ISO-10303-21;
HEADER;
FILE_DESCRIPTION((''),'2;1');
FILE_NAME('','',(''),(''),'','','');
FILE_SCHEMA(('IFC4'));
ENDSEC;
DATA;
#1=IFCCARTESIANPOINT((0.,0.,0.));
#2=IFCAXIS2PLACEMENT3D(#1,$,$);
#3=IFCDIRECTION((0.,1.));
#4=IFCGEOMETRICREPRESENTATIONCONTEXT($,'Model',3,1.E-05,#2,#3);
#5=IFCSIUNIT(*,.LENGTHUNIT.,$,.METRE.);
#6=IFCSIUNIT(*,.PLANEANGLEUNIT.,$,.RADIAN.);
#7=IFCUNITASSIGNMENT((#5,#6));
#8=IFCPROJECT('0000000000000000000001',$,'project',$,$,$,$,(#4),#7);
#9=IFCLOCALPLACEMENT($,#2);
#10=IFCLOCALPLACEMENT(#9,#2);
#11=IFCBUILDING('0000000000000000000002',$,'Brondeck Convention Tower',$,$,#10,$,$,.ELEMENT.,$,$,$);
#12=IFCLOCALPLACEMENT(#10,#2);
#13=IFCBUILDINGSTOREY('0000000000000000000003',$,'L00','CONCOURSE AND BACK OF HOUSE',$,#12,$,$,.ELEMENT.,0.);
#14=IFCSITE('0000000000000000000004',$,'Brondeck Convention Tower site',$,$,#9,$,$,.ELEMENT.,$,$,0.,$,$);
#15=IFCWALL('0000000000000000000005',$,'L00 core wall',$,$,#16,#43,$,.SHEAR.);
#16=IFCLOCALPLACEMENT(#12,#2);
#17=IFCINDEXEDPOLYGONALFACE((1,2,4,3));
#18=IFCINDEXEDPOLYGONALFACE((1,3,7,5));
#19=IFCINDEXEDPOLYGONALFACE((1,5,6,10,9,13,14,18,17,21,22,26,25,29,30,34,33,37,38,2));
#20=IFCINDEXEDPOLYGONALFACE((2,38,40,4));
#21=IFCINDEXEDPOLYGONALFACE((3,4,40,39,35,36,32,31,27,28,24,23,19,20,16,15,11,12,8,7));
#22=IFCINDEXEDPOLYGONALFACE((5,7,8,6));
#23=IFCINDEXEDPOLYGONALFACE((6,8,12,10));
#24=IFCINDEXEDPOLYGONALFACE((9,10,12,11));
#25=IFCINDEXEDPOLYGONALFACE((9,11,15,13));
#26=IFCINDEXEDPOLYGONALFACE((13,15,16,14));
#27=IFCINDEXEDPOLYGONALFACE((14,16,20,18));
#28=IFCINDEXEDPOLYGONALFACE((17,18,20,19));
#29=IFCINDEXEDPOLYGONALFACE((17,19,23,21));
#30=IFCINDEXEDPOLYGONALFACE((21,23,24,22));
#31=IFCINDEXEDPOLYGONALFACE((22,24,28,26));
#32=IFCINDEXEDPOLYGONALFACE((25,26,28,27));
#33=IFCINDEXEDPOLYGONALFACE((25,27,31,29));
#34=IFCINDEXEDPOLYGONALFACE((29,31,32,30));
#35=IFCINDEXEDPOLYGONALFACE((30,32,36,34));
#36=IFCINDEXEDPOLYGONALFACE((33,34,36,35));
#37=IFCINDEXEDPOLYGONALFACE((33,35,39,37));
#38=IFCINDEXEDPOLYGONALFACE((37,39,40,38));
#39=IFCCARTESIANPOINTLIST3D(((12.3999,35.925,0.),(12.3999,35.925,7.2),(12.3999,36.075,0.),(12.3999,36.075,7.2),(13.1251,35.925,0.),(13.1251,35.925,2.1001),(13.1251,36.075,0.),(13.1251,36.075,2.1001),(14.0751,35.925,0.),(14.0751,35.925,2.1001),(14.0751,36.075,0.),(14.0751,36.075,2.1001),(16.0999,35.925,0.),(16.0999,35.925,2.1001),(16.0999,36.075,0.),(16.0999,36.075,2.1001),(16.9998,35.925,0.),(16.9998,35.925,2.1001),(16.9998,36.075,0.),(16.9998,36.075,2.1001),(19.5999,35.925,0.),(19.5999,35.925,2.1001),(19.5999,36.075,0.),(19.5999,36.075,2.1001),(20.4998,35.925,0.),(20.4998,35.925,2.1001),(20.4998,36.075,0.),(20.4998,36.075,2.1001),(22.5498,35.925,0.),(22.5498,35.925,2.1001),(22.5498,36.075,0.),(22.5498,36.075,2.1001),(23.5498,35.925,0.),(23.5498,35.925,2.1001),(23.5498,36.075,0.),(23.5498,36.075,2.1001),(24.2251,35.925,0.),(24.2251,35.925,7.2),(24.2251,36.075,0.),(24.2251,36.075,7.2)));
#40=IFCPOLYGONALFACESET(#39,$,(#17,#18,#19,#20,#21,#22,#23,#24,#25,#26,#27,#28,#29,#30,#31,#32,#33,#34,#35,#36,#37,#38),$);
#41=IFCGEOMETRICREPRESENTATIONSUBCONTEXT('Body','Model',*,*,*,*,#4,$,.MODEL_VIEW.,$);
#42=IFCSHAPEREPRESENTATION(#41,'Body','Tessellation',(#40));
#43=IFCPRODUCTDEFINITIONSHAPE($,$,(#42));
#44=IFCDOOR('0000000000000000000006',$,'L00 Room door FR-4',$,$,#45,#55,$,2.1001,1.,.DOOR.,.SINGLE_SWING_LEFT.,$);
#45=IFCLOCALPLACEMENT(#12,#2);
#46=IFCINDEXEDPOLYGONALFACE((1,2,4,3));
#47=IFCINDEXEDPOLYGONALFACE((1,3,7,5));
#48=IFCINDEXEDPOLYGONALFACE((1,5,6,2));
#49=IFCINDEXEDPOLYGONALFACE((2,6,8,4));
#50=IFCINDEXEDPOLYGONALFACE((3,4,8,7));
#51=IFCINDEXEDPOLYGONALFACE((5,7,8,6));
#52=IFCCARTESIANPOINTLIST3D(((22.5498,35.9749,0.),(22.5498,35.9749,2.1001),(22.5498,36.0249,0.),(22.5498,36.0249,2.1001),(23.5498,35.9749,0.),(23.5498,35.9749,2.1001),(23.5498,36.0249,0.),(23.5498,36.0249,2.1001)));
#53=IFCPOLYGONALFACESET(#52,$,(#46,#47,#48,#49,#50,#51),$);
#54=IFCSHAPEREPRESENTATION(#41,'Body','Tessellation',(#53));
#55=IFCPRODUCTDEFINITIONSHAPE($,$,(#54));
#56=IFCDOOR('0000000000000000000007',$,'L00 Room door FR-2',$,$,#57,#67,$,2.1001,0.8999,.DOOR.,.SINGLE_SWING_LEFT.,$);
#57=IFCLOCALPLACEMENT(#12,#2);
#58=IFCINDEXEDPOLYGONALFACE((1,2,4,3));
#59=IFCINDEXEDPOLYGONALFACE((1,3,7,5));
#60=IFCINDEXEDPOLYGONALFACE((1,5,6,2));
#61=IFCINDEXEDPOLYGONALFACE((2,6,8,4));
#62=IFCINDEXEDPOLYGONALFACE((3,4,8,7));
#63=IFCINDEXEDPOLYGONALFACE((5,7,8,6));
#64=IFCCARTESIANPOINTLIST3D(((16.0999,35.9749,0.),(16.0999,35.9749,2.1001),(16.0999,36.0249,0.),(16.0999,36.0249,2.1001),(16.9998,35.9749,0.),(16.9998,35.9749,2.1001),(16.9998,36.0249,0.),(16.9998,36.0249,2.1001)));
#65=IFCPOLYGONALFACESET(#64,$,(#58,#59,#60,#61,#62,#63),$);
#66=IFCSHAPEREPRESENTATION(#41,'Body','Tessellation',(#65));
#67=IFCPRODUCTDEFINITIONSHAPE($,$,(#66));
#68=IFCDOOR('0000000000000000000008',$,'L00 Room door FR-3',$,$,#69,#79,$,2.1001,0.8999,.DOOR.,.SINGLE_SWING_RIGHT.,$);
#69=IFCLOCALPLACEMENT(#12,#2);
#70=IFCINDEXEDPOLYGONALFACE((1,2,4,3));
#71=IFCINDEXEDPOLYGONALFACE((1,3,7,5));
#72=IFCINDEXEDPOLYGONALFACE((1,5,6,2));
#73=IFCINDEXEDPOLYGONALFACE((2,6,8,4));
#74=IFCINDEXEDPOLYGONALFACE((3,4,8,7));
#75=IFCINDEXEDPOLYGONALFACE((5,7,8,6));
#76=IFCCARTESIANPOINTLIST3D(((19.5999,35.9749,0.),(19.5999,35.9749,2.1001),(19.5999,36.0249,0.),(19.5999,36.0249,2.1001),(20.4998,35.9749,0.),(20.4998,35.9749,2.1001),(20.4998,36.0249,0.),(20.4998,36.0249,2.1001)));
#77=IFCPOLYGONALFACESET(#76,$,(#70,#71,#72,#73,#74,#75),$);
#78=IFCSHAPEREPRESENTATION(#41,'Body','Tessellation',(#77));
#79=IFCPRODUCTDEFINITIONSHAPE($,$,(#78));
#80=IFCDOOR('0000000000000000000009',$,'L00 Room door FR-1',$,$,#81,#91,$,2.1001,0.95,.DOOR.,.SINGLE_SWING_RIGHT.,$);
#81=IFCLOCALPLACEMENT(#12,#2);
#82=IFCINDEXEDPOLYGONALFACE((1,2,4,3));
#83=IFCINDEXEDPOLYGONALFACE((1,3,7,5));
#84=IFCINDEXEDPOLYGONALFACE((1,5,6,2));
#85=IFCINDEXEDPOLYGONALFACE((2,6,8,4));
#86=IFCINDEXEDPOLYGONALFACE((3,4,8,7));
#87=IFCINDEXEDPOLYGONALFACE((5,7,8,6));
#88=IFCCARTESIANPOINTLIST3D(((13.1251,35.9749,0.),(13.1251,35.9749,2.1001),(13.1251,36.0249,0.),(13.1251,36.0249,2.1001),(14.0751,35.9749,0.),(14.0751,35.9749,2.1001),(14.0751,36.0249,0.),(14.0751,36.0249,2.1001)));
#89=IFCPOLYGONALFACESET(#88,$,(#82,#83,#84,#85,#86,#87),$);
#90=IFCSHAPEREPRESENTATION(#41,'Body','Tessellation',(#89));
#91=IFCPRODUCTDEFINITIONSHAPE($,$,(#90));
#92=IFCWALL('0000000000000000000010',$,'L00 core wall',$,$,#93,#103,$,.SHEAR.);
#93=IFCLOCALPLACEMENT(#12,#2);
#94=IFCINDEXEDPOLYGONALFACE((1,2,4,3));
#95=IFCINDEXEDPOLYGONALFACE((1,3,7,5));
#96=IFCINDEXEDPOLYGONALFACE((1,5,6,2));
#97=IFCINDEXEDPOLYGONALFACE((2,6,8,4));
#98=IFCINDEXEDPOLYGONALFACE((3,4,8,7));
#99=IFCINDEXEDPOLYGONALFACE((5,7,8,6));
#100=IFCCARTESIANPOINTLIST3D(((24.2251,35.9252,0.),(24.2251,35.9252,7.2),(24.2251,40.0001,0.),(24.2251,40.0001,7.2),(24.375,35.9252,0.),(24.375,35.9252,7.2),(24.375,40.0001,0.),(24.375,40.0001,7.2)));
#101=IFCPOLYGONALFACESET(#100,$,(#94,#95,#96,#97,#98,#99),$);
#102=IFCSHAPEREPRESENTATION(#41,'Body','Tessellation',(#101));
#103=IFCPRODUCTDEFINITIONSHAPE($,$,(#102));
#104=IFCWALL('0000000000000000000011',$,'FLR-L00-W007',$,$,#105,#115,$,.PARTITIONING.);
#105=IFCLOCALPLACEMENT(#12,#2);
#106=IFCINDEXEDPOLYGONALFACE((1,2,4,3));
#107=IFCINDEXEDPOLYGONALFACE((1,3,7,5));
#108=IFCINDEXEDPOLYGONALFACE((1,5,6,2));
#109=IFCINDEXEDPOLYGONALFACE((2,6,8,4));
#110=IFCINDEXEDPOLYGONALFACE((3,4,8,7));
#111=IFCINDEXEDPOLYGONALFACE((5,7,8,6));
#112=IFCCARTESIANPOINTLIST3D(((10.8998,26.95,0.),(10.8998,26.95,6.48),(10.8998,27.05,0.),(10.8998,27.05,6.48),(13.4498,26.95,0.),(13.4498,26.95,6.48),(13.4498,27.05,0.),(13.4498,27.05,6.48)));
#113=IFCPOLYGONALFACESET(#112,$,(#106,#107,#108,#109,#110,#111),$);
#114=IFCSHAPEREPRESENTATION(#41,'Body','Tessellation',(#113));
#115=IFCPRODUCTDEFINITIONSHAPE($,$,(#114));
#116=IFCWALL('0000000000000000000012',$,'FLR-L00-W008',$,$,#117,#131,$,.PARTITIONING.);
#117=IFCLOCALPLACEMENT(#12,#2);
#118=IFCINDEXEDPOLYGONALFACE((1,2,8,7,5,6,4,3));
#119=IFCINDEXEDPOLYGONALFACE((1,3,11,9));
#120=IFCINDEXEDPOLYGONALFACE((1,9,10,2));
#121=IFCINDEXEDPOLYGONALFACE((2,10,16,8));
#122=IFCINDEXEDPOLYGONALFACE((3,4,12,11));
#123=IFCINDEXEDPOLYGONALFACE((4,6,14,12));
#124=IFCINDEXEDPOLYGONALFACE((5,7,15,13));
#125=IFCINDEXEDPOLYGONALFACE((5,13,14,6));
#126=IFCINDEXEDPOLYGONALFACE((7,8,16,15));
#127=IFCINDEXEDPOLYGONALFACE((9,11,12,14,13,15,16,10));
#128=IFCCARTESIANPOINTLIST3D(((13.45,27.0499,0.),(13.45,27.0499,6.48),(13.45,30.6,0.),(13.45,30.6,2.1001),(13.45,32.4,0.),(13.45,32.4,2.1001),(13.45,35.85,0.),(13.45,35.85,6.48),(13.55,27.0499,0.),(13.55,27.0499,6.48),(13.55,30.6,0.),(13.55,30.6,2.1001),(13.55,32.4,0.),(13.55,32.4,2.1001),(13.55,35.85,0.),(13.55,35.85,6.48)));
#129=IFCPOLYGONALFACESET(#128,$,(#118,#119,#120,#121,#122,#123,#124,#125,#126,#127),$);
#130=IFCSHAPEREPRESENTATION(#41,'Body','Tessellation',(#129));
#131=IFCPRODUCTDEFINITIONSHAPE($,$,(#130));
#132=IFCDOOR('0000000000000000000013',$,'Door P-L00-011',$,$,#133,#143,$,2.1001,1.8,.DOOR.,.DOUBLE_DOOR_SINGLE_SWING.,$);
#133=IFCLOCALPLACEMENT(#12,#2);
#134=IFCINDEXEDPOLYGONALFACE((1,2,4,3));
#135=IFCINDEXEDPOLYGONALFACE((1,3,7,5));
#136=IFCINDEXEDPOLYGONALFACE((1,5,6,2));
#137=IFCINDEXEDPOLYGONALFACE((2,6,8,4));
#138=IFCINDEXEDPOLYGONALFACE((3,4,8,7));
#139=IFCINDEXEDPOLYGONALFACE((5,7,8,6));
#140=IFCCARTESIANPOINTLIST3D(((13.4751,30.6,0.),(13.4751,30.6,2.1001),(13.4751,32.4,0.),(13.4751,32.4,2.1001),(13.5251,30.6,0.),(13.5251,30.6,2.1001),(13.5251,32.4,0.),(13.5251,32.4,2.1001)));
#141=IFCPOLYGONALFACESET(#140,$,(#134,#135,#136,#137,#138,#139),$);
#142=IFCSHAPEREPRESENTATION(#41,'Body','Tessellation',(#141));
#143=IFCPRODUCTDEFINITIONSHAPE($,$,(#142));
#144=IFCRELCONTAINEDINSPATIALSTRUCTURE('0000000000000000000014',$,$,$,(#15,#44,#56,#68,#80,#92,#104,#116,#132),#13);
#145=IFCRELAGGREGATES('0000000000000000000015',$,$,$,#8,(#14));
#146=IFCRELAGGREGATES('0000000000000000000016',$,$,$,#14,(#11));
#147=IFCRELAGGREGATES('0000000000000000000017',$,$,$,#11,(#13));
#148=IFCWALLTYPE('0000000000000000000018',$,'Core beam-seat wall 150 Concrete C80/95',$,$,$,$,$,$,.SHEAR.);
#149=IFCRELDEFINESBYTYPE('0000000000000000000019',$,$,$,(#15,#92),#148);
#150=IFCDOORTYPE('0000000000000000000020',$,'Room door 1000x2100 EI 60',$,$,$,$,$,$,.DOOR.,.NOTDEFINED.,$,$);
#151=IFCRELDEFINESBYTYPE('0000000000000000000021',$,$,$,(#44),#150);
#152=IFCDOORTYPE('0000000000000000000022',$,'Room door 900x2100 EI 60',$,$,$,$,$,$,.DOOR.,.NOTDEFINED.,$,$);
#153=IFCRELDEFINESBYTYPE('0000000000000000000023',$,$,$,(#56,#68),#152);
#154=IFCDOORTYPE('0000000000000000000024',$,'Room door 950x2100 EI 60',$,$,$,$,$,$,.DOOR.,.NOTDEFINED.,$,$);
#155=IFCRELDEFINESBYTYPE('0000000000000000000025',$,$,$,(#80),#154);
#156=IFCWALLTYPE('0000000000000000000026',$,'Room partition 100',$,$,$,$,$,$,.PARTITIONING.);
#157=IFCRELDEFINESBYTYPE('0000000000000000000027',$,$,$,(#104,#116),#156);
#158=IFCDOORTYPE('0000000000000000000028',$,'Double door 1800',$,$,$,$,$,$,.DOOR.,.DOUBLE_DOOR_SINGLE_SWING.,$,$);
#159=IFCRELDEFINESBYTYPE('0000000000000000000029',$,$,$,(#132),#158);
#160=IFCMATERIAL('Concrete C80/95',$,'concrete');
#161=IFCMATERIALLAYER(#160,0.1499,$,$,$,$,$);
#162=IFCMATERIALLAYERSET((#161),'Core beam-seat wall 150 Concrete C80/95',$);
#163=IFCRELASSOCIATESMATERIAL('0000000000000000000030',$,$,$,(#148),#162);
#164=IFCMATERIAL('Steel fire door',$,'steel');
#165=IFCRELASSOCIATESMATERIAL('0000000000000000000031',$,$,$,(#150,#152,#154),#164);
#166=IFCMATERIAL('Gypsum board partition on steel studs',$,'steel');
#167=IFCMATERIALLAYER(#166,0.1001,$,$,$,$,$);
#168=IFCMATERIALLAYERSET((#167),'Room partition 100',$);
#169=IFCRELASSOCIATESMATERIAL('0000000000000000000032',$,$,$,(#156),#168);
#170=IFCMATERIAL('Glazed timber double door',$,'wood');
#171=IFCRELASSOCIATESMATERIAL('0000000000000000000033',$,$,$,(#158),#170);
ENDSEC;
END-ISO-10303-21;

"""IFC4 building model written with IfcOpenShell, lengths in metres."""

from ifc_helpers import new_model, si_unit, direction, frame, frame_2d, origin, place, context, subcontext, project, spatial, rectangle, extrude, material, layer, layer_set, type_object, element, fill, save


model = new_model("IFC4")

# Units and contexts
model_context = context("Model", 3, precision=1e-05, world=origin(), true_north=direction((0.0, 1.0)))
body_context = subcontext(model_context, "Body", "Model", "MODEL_VIEW")
ifc_project = project(units=[si_unit("LENGTHUNIT", "METRE"), si_unit("PLANEANGLEUNIT", "RADIAN")], contexts=[model_context])

# Site, building, storey
site_placement = place(None, origin())
site = spatial("IfcSite", under=ifc_project, at=site_placement, Name="Brondeck Convention Tower site", CompositionType="ELEMENT", RefElevation=0.0)
building_placement = place(site_placement, origin())
building = spatial("IfcBuilding", under=site, at=building_placement, Name="Brondeck Convention Tower", CompositionType="ELEMENT")
storey_placement = place(building_placement, origin())
storey = spatial("IfcBuildingStorey", under=building, at=storey_placement, Name="L00", Description="CONCOURSE AND BACK OF HOUSE", CompositionType="ELEMENT", Elevation=0.0)

# Wall, openings, doors
ifc_material_1 = material(Name="Concrete C80/95", Category="concrete")
ifc_layer_1 = layer(ifc_material_1, 0.1499)
ifc_layer_set_1 = layer_set([ifc_layer_1], Name="Core beam-seat wall 150 Concrete C80/95")
wall_type_1 = type_object("IfcWallType", Name="Core beam-seat wall 150 Concrete C80/95", PredefinedType="SHEAR", material=ifc_layer_set_1)
wall_1_placement = place(storey_placement, frame((12.3999, 36.0, 0.0), z_axis=(0.0, 0.0, 1.0), x_axis=(1.0, 0.0, 0.0)))
wall_1 = element("IfcWall", 1, at=wall_1_placement, inside=storey, type_object=wall_type_1, Name="L00 core wall", PredefinedType="SHEAR", context=body_context, shape_type="SweptSolid", body=[
    extrude(rectangle(XDim=11.8252, YDim=0.1499, at=frame_2d((5.9126, 0.0))), origin(), (0.0, 0.0, 1.0), 7.2),
])
opening_1_placement = place(wall_1_placement, frame((0.7251, 0.0, 0.0)))
opening_1 = element("IfcOpeningElement", 2, at=opening_1_placement, cuts=wall_1, PredefinedType="OPENING", context=body_context, shape_type="SweptSolid", body=[
    extrude(rectangle(XDim=0.95, YDim=2.1001, at=frame_2d((0.4751, 1.05))), frame((0.0, 0.085, 0.0), z_axis=(0.0, -1.0, 0.0), x_axis=(1.0, 0.0, 0.0)), (0.0, 0.0, 1.0), 0.1699),
])
opening_2_placement = place(wall_1_placement, frame((3.7, 0.0, 0.0)))
opening_2 = element("IfcOpeningElement", 3, at=opening_2_placement, cuts=wall_1, PredefinedType="OPENING", context=body_context, shape_type="SweptSolid", body=[
    extrude(rectangle(XDim=0.8999, YDim=2.1001, at=frame_2d((0.45, 1.05))), frame((0.0, 0.085, 0.0), z_axis=(0.0, -1.0, 0.0), x_axis=(1.0, 0.0, 0.0)), (0.0, 0.0, 1.0), 0.1699),
])
opening_3_placement = place(wall_1_placement, frame((7.2, 0.0, 0.0)))
opening_3 = element("IfcOpeningElement", 4, at=opening_3_placement, cuts=wall_1, PredefinedType="OPENING", context=body_context, shape_type="SweptSolid", body=[
    extrude(rectangle(XDim=0.8999, YDim=2.1001, at=frame_2d((0.45, 1.05))), frame((0.0, 0.085, 0.0), z_axis=(0.0, -1.0, 0.0), x_axis=(1.0, 0.0, 0.0)), (0.0, 0.0, 1.0), 0.1699),
])
opening_4_placement = place(wall_1_placement, frame((10.1499, 0.0, 0.0)))
opening_4 = element("IfcOpeningElement", 5, at=opening_4_placement, cuts=wall_1, PredefinedType="OPENING", context=body_context, shape_type="SweptSolid", body=[
    extrude(rectangle(XDim=1.0, YDim=2.1001, at=frame_2d((0.5, 1.05))), frame((0.0, 0.085, 0.0), z_axis=(0.0, -1.0, 0.0), x_axis=(1.0, 0.0, 0.0)), (0.0, 0.0, 1.0), 0.1699),
])
ifc_material_2 = material(Name="Steel fire door", Category="steel")
door_type_1 = type_object("IfcDoorType", Name="Room door 1000x2100 EI 60", OperationType="NOTDEFINED", PredefinedType="DOOR", material=ifc_material_2)
door_1_placement = place(opening_4_placement, origin())
door_1 = element("IfcDoor", 6, at=door_1_placement, inside=storey, type_object=door_type_1, Name="L00 Room door FR-4", OperationType="SINGLE_SWING_LEFT", OverallHeight=2.1001, OverallWidth=1.0, PredefinedType="DOOR", context=body_context, shape_type="SweptSolid", body=[
    extrude(rectangle(XDim=1.0, YDim=2.1001, at=frame_2d((0.5, 1.05))), frame((0.0, 0.0249, 0.0), z_axis=(0.0, -1.0, 0.0), x_axis=(1.0, 0.0, 0.0)), (0.0, 0.0, 1.0), 0.05),
])
fill(opening_4, door_1)
door_type_2 = type_object("IfcDoorType", Name="Room door 900x2100 EI 60", OperationType="NOTDEFINED", PredefinedType="DOOR", material=ifc_material_2)
door_2_placement = place(opening_2_placement, origin())
door_2 = element("IfcDoor", 7, at=door_2_placement, inside=storey, type_object=door_type_2, Name="L00 Room door FR-2", OperationType="SINGLE_SWING_LEFT", OverallHeight=2.1001, OverallWidth=0.8999, PredefinedType="DOOR", context=body_context, shape_type="SweptSolid", body=[
    extrude(rectangle(XDim=0.8999, YDim=2.1001, at=frame_2d((0.45, 1.05))), frame((0.0, 0.0249, 0.0), z_axis=(0.0, -1.0, 0.0), x_axis=(1.0, 0.0, 0.0)), (0.0, 0.0, 1.0), 0.05),
])
fill(opening_2, door_2)
door_3_placement = place(opening_3_placement, origin())
door_3 = element("IfcDoor", 8, at=door_3_placement, inside=storey, type_object=door_type_2, Name="L00 Room door FR-3", OperationType="SINGLE_SWING_RIGHT", OverallHeight=2.1001, OverallWidth=0.8999, PredefinedType="DOOR", context=body_context, shape_type="SweptSolid", body=[
    extrude(rectangle(XDim=0.8999, YDim=2.1001, at=frame_2d((0.45, 1.05))), frame((0.0, 0.0249, 0.0), z_axis=(0.0, -1.0, 0.0), x_axis=(1.0, 0.0, 0.0)), (0.0, 0.0, 1.0), 0.05),
])
fill(opening_3, door_3)
door_type_3 = type_object("IfcDoorType", Name="Room door 950x2100 EI 60", OperationType="NOTDEFINED", PredefinedType="DOOR", material=ifc_material_2)
door_4_placement = place(opening_1_placement, origin())
door_4 = element("IfcDoor", 9, at=door_4_placement, inside=storey, type_object=door_type_3, Name="L00 Room door FR-1", OperationType="SINGLE_SWING_RIGHT", OverallHeight=2.1001, OverallWidth=0.95, PredefinedType="DOOR", context=body_context, shape_type="SweptSolid", body=[
    extrude(rectangle(XDim=0.95, YDim=2.1001, at=frame_2d((0.4751, 1.05))), frame((0.0, 0.0249, 0.0), z_axis=(0.0, -1.0, 0.0), x_axis=(1.0, 0.0, 0.0)), (0.0, 0.0, 1.0), 0.05),
])
fill(opening_1, door_4)

# Walls
wall_2_placement = place(storey_placement, frame((24.3, 35.925, 0.0), z_axis=(0.0, 0.0, 1.0), x_axis=(0.0, 1.0, 0.0)))
element("IfcWall", 10, at=wall_2_placement, inside=storey, type_object=wall_type_1, Name="L00 core wall", PredefinedType="SHEAR", context=body_context, shape_type="SweptSolid", body=[
    extrude(rectangle(XDim=4.075, YDim=0.1499, at=frame_2d((2.0376, 0.0))), origin(), (0.0, 0.0, 1.0), 7.2),
])
ifc_material_3 = material(Name="Gypsum board partition on steel studs", Category="steel")
ifc_layer_2 = layer(ifc_material_3, 0.1001)
ifc_layer_set_2 = layer_set([ifc_layer_2], Name="Room partition 100")
wall_type_2 = type_object("IfcWallType", Name="Room partition 100", PredefinedType="PARTITIONING", material=ifc_layer_set_2)
wall_3_placement = place(storey_placement, frame((10.8999, 27.0, 0.0), z_axis=(0.0, 0.0, 1.0), x_axis=(1.0, 0.0, 0.0)))
element("IfcWall", 11, at=wall_3_placement, inside=storey, type_object=wall_type_2, Name="FLR-L00-W007", PredefinedType="PARTITIONING", context=body_context, shape_type="SweptSolid", body=[
    extrude(rectangle(XDim=2.55, YDim=0.1001, at=frame_2d((1.2749, 0.0))), origin(), (0.0, 0.0, 1.0), 6.48),
])

# Wall, opening, door
wall_4_placement = place(storey_placement, frame((13.5, 27.05, 0.0), z_axis=(0.0, 0.0, 1.0), x_axis=(0.0, 1.0, 0.0)))
wall_4 = element("IfcWall", 12, at=wall_4_placement, inside=storey, type_object=wall_type_2, Name="FLR-L00-W008", PredefinedType="PARTITIONING", context=body_context, shape_type="SweptSolid", body=[
    extrude(rectangle(XDim=8.8, YDim=0.1001, at=frame_2d((4.3999, 0.0))), origin(), (0.0, 0.0, 1.0), 6.48),
])
opening_5_placement = place(wall_4_placement, frame((3.55, 0.0, 0.0)))
opening_5 = element("IfcOpeningElement", 13, at=opening_5_placement, cuts=wall_4, PredefinedType="OPENING", context=body_context, shape_type="SweptSolid", body=[
    extrude(rectangle(XDim=1.8, YDim=2.1001, at=frame_2d((0.8999, 1.05))), frame((0.0, 0.0601, 0.0), z_axis=(0.0, -1.0, 0.0), x_axis=(1.0, 0.0, 0.0)), (0.0, 0.0, 1.0), 0.1201),
])
ifc_material_4 = material(Name="Glazed timber double door", Category="wood")
door_type_4 = type_object("IfcDoorType", Name="Double door 1800", OperationType="DOUBLE_DOOR_SINGLE_SWING", PredefinedType="DOOR", material=ifc_material_4)
door_5_placement = place(opening_5_placement, origin())
door_5 = element("IfcDoor", 14, at=door_5_placement, inside=storey, type_object=door_type_4, Name="Door P-L00-011", OperationType="DOUBLE_DOOR_SINGLE_SWING", OverallHeight=2.1001, OverallWidth=1.8, PredefinedType="DOOR", context=body_context, shape_type="SweptSolid", body=[
    extrude(rectangle(XDim=1.8, YDim=2.1001, at=frame_2d((0.8999, 1.05))), frame((0.0, 0.0249, 0.0), z_axis=(0.0, -1.0, 0.0), x_axis=(1.0, 0.0, 0.0)), (0.0, 0.0, 1.0), 0.05),
])
fill(opening_5, door_5)

save(model, "model.ifc")
